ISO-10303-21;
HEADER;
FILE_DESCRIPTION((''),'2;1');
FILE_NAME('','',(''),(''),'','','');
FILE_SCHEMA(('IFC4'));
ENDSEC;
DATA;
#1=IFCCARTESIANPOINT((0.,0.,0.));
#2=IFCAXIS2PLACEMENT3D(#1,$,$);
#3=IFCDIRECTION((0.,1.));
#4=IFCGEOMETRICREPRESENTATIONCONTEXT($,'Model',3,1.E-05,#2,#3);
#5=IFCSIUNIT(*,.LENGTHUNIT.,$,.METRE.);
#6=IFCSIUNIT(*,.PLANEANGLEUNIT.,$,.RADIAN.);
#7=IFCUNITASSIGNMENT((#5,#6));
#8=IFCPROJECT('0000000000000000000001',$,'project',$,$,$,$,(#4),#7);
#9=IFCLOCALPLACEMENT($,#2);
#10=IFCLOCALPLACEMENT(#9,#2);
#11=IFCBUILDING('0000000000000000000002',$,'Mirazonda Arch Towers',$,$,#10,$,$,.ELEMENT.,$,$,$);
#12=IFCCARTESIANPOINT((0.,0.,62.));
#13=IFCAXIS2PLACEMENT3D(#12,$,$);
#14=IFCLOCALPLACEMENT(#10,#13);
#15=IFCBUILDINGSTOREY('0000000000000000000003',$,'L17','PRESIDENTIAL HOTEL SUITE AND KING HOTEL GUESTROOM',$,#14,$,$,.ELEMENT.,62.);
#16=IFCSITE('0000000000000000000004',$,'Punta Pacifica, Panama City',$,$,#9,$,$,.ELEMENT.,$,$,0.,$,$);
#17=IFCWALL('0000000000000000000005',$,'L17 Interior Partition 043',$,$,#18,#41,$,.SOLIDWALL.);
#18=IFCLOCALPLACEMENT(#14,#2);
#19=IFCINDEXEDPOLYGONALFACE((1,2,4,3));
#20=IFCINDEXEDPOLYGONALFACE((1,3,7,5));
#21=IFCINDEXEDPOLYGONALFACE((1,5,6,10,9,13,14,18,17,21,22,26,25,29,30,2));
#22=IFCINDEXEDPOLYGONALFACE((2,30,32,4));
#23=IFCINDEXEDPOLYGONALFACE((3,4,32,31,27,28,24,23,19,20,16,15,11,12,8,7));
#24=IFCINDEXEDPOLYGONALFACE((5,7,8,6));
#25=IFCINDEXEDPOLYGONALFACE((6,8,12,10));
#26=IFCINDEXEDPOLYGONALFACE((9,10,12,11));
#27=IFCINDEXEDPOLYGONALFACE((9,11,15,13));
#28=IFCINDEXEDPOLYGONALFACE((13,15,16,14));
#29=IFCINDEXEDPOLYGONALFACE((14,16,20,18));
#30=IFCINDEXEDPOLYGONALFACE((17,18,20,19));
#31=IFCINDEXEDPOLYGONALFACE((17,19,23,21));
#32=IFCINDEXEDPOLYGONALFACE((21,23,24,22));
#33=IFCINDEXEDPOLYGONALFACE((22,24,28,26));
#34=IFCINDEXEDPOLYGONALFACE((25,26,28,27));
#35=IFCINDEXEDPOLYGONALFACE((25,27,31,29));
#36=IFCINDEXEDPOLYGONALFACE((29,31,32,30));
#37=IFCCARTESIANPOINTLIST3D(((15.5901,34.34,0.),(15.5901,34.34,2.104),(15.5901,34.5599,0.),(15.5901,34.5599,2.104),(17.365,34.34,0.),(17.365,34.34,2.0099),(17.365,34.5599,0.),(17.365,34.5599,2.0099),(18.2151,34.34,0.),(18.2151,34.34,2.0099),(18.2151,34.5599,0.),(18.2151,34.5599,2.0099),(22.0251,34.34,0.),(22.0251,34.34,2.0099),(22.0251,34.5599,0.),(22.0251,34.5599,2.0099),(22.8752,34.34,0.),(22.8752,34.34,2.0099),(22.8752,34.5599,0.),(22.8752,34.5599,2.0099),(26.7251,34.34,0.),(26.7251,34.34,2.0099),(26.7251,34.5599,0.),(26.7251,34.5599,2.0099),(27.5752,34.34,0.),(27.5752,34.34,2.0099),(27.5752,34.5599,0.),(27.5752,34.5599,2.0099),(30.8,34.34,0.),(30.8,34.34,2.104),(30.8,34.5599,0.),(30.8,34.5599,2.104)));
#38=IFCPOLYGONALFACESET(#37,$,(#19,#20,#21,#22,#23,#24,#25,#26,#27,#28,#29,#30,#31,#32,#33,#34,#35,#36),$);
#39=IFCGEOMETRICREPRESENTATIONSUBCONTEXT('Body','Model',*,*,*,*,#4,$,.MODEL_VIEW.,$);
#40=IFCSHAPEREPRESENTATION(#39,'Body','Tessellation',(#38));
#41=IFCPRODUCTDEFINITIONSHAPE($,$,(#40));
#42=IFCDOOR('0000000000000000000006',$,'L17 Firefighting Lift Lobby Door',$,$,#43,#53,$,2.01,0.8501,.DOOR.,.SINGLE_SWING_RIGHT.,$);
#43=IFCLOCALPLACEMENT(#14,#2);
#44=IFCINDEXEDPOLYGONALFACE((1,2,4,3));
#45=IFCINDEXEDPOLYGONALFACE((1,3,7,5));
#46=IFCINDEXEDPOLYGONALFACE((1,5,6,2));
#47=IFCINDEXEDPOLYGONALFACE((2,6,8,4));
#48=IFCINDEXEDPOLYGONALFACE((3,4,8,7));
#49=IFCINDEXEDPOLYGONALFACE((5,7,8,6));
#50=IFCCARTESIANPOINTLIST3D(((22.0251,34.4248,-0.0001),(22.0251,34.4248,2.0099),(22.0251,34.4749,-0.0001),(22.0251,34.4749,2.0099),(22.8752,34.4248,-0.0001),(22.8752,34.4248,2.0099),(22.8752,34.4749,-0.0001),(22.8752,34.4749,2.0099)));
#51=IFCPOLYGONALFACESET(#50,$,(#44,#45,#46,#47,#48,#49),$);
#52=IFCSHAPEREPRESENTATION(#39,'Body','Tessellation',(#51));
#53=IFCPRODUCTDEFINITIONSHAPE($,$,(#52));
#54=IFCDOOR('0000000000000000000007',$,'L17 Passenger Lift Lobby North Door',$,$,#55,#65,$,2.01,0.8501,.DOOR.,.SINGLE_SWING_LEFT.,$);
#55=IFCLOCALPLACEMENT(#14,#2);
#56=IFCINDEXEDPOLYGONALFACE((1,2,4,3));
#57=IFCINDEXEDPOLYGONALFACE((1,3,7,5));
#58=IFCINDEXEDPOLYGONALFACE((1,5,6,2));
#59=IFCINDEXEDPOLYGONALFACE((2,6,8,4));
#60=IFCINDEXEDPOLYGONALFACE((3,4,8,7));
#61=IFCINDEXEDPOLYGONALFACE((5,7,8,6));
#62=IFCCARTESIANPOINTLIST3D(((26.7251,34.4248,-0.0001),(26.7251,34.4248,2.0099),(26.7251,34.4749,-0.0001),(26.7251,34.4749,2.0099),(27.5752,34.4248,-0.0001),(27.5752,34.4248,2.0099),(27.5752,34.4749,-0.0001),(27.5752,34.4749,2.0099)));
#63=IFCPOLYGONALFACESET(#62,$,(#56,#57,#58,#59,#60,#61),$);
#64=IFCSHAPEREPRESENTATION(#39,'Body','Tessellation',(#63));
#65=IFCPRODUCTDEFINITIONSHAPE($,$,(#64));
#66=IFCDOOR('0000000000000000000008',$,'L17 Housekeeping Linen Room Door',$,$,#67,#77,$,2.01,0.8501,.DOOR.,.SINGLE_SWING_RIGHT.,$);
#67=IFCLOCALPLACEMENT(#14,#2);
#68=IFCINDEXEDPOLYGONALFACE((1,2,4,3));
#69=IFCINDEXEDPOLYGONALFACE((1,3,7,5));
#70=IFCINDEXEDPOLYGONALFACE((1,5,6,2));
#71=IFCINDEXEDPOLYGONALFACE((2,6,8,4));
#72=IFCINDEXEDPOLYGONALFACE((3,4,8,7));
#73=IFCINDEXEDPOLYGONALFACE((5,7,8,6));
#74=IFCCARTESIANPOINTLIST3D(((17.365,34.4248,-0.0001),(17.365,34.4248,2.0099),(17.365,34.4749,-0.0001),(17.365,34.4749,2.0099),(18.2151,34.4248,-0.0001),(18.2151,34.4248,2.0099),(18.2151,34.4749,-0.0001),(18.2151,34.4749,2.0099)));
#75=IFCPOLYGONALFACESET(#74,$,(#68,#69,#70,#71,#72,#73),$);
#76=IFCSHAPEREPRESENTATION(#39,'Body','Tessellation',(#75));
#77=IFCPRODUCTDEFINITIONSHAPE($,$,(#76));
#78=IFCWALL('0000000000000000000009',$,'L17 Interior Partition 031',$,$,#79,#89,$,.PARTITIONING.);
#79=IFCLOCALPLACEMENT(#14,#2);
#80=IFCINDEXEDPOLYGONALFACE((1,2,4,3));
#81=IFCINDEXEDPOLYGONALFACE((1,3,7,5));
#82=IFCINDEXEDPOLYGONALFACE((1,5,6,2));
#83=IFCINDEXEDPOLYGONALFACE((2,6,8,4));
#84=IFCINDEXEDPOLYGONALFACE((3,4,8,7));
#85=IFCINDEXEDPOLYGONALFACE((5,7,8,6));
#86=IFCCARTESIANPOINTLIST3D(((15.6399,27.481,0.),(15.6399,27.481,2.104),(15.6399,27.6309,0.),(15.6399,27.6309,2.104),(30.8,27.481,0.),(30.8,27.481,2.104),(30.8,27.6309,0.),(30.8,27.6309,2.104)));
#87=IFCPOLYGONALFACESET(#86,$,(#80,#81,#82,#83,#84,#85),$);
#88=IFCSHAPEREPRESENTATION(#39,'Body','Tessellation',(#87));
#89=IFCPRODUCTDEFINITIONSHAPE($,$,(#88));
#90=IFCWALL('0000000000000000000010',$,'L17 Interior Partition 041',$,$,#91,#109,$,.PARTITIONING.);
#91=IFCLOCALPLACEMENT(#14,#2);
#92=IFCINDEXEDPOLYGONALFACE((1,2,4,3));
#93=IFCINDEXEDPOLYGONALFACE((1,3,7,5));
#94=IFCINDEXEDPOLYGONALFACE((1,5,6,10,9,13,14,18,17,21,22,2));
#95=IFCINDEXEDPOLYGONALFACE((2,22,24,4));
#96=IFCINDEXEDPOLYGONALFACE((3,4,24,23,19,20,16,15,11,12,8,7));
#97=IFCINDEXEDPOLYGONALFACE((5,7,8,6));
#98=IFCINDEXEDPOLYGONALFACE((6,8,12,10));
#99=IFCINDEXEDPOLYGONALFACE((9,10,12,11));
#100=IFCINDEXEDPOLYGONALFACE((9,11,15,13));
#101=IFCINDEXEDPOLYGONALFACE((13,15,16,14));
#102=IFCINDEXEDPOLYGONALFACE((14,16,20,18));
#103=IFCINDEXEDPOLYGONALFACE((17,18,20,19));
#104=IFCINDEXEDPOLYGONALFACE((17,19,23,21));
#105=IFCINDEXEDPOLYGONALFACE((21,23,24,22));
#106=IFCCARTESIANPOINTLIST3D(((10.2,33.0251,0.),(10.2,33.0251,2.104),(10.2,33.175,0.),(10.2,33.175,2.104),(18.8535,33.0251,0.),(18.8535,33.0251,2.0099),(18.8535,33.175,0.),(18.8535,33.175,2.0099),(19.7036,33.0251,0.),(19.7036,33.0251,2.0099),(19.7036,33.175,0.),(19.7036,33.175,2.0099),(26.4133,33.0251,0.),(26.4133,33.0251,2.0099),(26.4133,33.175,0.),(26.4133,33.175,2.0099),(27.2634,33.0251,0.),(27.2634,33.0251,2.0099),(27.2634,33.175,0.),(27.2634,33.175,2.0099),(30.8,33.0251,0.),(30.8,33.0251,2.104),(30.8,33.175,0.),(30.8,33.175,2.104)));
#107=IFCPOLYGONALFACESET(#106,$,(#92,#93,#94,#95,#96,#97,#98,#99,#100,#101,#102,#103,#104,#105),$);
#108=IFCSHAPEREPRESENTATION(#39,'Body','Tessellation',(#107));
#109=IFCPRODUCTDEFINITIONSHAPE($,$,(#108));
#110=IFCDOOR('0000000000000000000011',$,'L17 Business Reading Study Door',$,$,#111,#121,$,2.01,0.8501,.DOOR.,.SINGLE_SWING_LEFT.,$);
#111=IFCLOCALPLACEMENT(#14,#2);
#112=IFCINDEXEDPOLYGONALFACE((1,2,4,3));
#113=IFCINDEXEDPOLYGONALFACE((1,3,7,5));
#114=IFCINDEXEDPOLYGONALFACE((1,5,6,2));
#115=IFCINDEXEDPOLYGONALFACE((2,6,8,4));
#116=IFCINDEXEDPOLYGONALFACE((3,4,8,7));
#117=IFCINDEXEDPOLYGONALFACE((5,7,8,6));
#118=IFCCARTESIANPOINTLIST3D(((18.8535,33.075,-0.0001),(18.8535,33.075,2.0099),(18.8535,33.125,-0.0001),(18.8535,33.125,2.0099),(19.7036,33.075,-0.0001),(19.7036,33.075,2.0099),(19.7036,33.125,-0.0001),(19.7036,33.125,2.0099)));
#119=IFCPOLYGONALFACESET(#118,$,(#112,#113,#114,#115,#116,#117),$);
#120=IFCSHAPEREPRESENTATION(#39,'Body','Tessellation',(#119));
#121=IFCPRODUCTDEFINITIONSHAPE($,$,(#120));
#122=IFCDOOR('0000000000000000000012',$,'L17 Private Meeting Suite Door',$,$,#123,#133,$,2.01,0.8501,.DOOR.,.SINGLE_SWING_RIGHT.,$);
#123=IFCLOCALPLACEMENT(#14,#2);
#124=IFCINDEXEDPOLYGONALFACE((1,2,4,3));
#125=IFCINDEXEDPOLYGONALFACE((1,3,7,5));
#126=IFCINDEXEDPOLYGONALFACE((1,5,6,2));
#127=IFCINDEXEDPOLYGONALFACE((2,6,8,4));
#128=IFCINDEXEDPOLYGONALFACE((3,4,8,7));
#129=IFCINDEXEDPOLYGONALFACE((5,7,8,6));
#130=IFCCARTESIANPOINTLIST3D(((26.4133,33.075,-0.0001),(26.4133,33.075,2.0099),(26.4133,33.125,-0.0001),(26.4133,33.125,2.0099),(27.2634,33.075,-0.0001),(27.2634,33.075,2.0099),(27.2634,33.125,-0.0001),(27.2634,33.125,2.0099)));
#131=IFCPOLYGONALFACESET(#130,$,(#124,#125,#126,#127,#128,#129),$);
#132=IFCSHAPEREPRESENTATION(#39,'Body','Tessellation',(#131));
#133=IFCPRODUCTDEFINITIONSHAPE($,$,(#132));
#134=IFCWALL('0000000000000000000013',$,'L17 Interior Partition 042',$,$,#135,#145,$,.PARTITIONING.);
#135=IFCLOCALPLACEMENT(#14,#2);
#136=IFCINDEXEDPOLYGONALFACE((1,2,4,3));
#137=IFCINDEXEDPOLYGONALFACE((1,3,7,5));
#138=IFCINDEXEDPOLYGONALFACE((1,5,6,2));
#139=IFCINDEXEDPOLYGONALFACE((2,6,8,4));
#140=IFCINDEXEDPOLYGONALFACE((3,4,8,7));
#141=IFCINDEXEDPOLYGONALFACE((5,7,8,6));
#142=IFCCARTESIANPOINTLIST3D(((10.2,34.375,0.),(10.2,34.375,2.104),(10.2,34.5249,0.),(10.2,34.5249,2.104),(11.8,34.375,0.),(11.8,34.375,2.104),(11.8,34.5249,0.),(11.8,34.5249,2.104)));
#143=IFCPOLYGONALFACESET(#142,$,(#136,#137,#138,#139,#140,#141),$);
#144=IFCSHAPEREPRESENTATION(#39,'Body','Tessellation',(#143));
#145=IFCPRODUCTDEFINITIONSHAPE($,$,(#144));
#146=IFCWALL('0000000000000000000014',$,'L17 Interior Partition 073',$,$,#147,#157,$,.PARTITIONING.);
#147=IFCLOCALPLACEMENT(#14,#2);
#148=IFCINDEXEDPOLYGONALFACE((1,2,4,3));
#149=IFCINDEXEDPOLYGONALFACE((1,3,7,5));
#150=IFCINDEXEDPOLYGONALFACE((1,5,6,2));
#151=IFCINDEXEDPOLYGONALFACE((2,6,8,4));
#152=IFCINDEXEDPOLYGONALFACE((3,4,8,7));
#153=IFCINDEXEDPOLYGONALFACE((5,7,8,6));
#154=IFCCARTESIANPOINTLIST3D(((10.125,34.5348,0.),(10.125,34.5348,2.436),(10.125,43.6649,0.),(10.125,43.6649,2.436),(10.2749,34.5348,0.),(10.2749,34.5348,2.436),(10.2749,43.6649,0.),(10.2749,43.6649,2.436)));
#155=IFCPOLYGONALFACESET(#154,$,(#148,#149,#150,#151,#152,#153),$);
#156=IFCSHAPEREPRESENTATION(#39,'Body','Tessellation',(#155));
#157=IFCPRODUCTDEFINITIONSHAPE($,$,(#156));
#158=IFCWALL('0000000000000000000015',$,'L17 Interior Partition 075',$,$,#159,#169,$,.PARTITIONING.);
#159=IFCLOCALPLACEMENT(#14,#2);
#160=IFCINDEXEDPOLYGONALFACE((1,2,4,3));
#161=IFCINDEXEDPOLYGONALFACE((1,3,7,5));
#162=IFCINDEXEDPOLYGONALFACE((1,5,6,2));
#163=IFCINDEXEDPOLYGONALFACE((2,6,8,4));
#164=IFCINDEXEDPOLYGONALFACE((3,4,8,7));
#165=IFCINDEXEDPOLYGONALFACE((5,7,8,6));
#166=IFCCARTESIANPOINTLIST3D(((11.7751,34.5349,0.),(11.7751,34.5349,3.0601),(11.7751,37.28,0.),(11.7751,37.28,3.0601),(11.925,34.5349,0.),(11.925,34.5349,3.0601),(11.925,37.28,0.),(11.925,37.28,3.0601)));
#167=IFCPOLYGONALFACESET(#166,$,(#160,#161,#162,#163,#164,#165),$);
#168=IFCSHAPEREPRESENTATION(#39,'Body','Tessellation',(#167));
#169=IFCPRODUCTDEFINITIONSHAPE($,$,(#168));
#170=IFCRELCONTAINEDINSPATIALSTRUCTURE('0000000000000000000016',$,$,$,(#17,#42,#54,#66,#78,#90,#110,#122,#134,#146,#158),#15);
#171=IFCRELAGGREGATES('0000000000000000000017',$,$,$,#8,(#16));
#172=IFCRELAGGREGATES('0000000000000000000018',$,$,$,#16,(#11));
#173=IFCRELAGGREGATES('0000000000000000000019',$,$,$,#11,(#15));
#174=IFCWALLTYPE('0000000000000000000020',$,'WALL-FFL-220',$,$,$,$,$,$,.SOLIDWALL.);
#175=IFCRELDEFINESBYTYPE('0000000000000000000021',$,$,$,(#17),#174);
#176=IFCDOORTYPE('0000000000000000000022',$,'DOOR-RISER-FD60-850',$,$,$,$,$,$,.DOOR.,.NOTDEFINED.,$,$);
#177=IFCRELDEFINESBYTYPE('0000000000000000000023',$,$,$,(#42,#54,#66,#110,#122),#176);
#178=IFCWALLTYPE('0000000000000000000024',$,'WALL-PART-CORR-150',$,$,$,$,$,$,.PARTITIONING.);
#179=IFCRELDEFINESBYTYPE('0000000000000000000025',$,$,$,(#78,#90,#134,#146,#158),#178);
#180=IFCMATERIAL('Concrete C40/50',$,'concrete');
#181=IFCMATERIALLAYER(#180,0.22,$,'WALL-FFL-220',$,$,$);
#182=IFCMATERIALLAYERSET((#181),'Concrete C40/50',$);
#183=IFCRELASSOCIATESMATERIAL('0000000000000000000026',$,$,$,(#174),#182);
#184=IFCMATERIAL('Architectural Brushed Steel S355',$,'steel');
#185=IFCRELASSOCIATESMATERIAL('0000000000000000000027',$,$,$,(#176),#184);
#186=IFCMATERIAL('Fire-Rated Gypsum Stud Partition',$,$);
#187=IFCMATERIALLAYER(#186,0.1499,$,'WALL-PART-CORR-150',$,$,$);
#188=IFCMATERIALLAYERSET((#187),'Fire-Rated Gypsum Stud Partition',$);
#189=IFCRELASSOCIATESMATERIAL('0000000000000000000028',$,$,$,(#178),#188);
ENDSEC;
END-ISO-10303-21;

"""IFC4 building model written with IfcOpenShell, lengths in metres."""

from ifc_helpers import new_model, si_unit, direction, frame, frame_2d, origin, place, context, subcontext, project, spatial, rectangle, extrude, material, layer, layer_set, type_object, element, fill, save


model = new_model("IFC4")

# Units and contexts
model_context = context("Model", 3, precision=1e-05, world=origin(), true_north=direction((0.0, 1.0)))
body_context = subcontext(model_context, "Body", "Model", "MODEL_VIEW")
ifc_project = project(units=[si_unit("LENGTHUNIT", "METRE"), si_unit("PLANEANGLEUNIT", "RADIAN")], contexts=[model_context])

# Site, building, storey
site_placement = place(None, origin())
site = spatial("IfcSite", under=ifc_project, at=site_placement, Name="Punta Pacifica, Panama City", CompositionType="ELEMENT", RefElevation=0.0)
building_placement = place(site_placement, origin())
building = spatial("IfcBuilding", under=site, at=building_placement, Name="Mirazonda Arch Towers", CompositionType="ELEMENT")
storey_placement = place(building_placement, frame((0.0, 0.0, 62.0)))
storey = spatial("IfcBuildingStorey", under=building, at=storey_placement, Name="L17", Description="PRESIDENTIAL HOTEL SUITE AND KING HOTEL GUESTROOM", CompositionType="ELEMENT", Elevation=62.0)

# Wall, openings, doors
ifc_material_1 = material(Name="Architectural Brushed Steel S355", Category="steel")
ifc_material_2 = material(Name="Concrete C40/50", Category="concrete")
ifc_layer_1 = layer(ifc_material_2, 0.22, Name="WALL-FFL-220")
ifc_layer_set_1 = layer_set([ifc_layer_1], Name="Concrete C40/50")
wall_type_1 = type_object("IfcWallType", Name="WALL-FFL-220", PredefinedType="SOLIDWALL", material=ifc_layer_set_1)
wall_1_placement = place(storey_placement, frame((15.5901, 34.45, 0.0), z_axis=(0.0, 0.0, 1.0), x_axis=(1.0, 0.0, 0.0)))
wall_1 = element("IfcWall", 1, at=wall_1_placement, inside=storey, type_object=wall_type_1, Name="L17 Interior Partition 043", PredefinedType="SOLIDWALL", context=body_context, shape_type="SweptSolid", body=[
    extrude(rectangle(XDim=15.21, YDim=0.22, at=frame_2d((7.605, 0.0))), origin(), (0.0, 0.0, 1.0), 2.104),
])
opening_1_placement = place(wall_1_placement, frame((6.4351, 0.0, 0.0)))
opening_1 = element("IfcOpeningElement", 2, at=opening_1_placement, cuts=wall_1, PredefinedType="OPENING", context=body_context, shape_type="SweptSolid", body=[
    extrude(rectangle(XDim=0.8501, YDim=2.01, at=frame_2d((0.425, 1.0049))), frame((0.0, 0.1199, 0.0), z_axis=(0.0, -1.0, 0.0), x_axis=(1.0, 0.0, 0.0)), (0.0, 0.0, 1.0), 0.24),
])
opening_2_placement = place(wall_1_placement, frame((11.135, 0.0, 0.0)))
opening_2 = element("IfcOpeningElement", 3, at=opening_2_placement, cuts=wall_1, PredefinedType="OPENING", context=body_context, shape_type="SweptSolid", body=[
    extrude(rectangle(XDim=0.8501, YDim=2.01, at=frame_2d((0.425, 1.0049))), frame((0.0, 0.1199, 0.0), z_axis=(0.0, -1.0, 0.0), x_axis=(1.0, 0.0, 0.0)), (0.0, 0.0, 1.0), 0.24),
])
opening_3_placement = place(wall_1_placement, frame((1.7749, 0.0, 0.0)))
opening_3 = element("IfcOpeningElement", 4, at=opening_3_placement, cuts=wall_1, PredefinedType="OPENING", context=body_context, shape_type="SweptSolid", body=[
    extrude(rectangle(XDim=0.8501, YDim=2.01, at=frame_2d((0.425, 1.0049))), frame((0.0, 0.1199, 0.0), z_axis=(0.0, -1.0, 0.0), x_axis=(1.0, 0.0, 0.0)), (0.0, 0.0, 1.0), 0.24),
])
door_type_1 = type_object("IfcDoorType", Name="DOOR-RISER-FD60-850", OperationType="NOTDEFINED", PredefinedType="DOOR", material=ifc_material_1)
door_1_placement = place(opening_1_placement, origin())
door_1 = element("IfcDoor", 5, at=door_1_placement, inside=storey, type_object=door_type_1, Name="L17 Firefighting Lift Lobby Door", OperationType="SINGLE_SWING_RIGHT", OverallHeight=2.01, OverallWidth=0.8501, PredefinedType="DOOR", context=body_context, shape_type="SweptSolid", body=[
    extrude(rectangle(XDim=0.8501, YDim=2.01, at=frame_2d((0.425, 1.0049))), frame((0.0, 0.0249, 0.0), z_axis=(0.0, -1.0, 0.0), x_axis=(1.0, 0.0, 0.0)), (0.0, 0.0, 1.0), 0.05),
])
fill(opening_1, door_1)
door_2_placement = place(opening_2_placement, origin())
door_2 = element("IfcDoor", 6, at=door_2_placement, inside=storey, type_object=door_type_1, Name="L17 Passenger Lift Lobby North Door", OperationType="SINGLE_SWING_LEFT", OverallHeight=2.01, OverallWidth=0.8501, PredefinedType="DOOR", context=body_context, shape_type="SweptSolid", body=[
    extrude(rectangle(XDim=0.8501, YDim=2.01, at=frame_2d((0.425, 1.0049))), frame((0.0, 0.0249, 0.0), z_axis=(0.0, -1.0, 0.0), x_axis=(1.0, 0.0, 0.0)), (0.0, 0.0, 1.0), 0.05),
])
fill(opening_2, door_2)
door_3_placement = place(opening_3_placement, origin())
door_3 = element("IfcDoor", 7, at=door_3_placement, inside=storey, type_object=door_type_1, Name="L17 Housekeeping Linen Room Door", OperationType="SINGLE_SWING_RIGHT", OverallHeight=2.01, OverallWidth=0.8501, PredefinedType="DOOR", context=body_context, shape_type="SweptSolid", body=[
    extrude(rectangle(XDim=0.8501, YDim=2.01, at=frame_2d((0.425, 1.0049))), frame((0.0, 0.0249, 0.0), z_axis=(0.0, -1.0, 0.0), x_axis=(1.0, 0.0, 0.0)), (0.0, 0.0, 1.0), 0.05),
])
fill(opening_3, door_3)

# Wall
ifc_material_3 = material(Name="Fire-Rated Gypsum Stud Partition")
ifc_layer_2 = layer(ifc_material_3, 0.1499, Name="WALL-PART-CORR-150")
ifc_layer_set_2 = layer_set([ifc_layer_2], Name="Fire-Rated Gypsum Stud Partition")
wall_type_2 = type_object("IfcWallType", Name="WALL-PART-CORR-150", PredefinedType="PARTITIONING", material=ifc_layer_set_2)
wall_2_placement = place(storey_placement, frame((15.6399, 27.5559, 0.0), z_axis=(0.0, 0.0, 1.0), x_axis=(1.0, 0.0, 0.0)))
element("IfcWall", 8, at=wall_2_placement, inside=storey, type_object=wall_type_2, Name="L17 Interior Partition 031", PredefinedType="PARTITIONING", context=body_context, shape_type="SweptSolid", body=[
    extrude(rectangle(XDim=15.1602, YDim=0.1499, at=frame_2d((7.5801, 0.0))), origin(), (0.0, 0.0, 1.0), 2.104),
])

# Wall, openings, doors
wall_3_placement = place(storey_placement, frame((10.2, 33.1001, 0.0), z_axis=(0.0, 0.0, 1.0), x_axis=(1.0, 0.0, 0.0)))
wall_3 = element("IfcWall", 9, at=wall_3_placement, inside=storey, type_object=wall_type_2, Name="L17 Interior Partition 041", PredefinedType="PARTITIONING", context=body_context, shape_type="SweptSolid", body=[
    extrude(rectangle(XDim=20.6001, YDim=0.1499, at=frame_2d((10.3, 0.0))), origin(), (0.0, 0.0, 1.0), 2.104),
])
opening_4_placement = place(wall_3_placement, frame((8.6536, 0.0, 0.0)))
opening_4 = element("IfcOpeningElement", 10, at=opening_4_placement, cuts=wall_3, PredefinedType="OPENING", context=body_context, shape_type="SweptSolid", body=[
    extrude(rectangle(XDim=0.8501, YDim=2.01, at=frame_2d((0.425, 1.0049))), frame((0.0, 0.085, 0.0), z_axis=(0.0, -1.0, 0.0), x_axis=(1.0, 0.0, 0.0)), (0.0, 0.0, 1.0), 0.1699),
])
opening_5_placement = place(wall_3_placement, frame((16.2134, 0.0, 0.0)))
opening_5 = element("IfcOpeningElement", 11, at=opening_5_placement, cuts=wall_3, PredefinedType="OPENING", context=body_context, shape_type="SweptSolid", body=[
    extrude(rectangle(XDim=0.8501, YDim=2.01, at=frame_2d((0.425, 1.0049))), frame((0.0, 0.085, 0.0), z_axis=(0.0, -1.0, 0.0), x_axis=(1.0, 0.0, 0.0)), (0.0, 0.0, 1.0), 0.1699),
])
door_4_placement = place(opening_4_placement, origin())
door_4 = element("IfcDoor", 12, at=door_4_placement, inside=storey, type_object=door_type_1, Name="L17 Business Reading Study Door", OperationType="SINGLE_SWING_LEFT", OverallHeight=2.01, OverallWidth=0.8501, PredefinedType="DOOR", context=body_context, shape_type="SweptSolid", body=[
    extrude(rectangle(XDim=0.8501, YDim=2.01, at=frame_2d((0.425, 1.0049))), frame((0.0, 0.0249, 0.0), z_axis=(0.0, -1.0, 0.0), x_axis=(1.0, 0.0, 0.0)), (0.0, 0.0, 1.0), 0.05),
])
fill(opening_4, door_4)
door_5_placement = place(opening_5_placement, origin())
door_5 = element("IfcDoor", 13, at=door_5_placement, inside=storey, type_object=door_type_1, Name="L17 Private Meeting Suite Door", OperationType="SINGLE_SWING_RIGHT", OverallHeight=2.01, OverallWidth=0.8501, PredefinedType="DOOR", context=body_context, shape_type="SweptSolid", body=[
    extrude(rectangle(XDim=0.8501, YDim=2.01, at=frame_2d((0.425, 1.0049))), frame((0.0, 0.0249, 0.0), z_axis=(0.0, -1.0, 0.0), x_axis=(1.0, 0.0, 0.0)), (0.0, 0.0, 1.0), 0.05),
])
fill(opening_5, door_5)

# Walls
wall_4_placement = place(storey_placement, frame((10.2, 34.45, 0.0), z_axis=(0.0, 0.0, 1.0), x_axis=(1.0, 0.0, 0.0)))
element("IfcWall", 14, at=wall_4_placement, inside=storey, type_object=wall_type_2, Name="L17 Interior Partition 042", PredefinedType="PARTITIONING", context=body_context, shape_type="SweptSolid", body=[
    extrude(rectangle(XDim=1.6001, YDim=0.1499, at=frame_2d((0.8, 0.0))), origin(), (0.0, 0.0, 1.0), 2.104),
])
wall_5_placement = place(storey_placement, frame((10.2, 34.5349, 0.0), z_axis=(0.0, 0.0, 1.0), x_axis=(0.0, 1.0, 0.0)))
element("IfcWall", 15, at=wall_5_placement, inside=storey, type_object=wall_type_2, Name="L17 Interior Partition 073", PredefinedType="PARTITIONING", context=body_context, shape_type="SweptSolid", body=[
    extrude(rectangle(XDim=9.1301, YDim=0.1499, at=frame_2d((4.5649, 0.0))), origin(), (0.0, 0.0, 1.0), 2.436),
])
wall_6_placement = place(storey_placement, frame((11.8501, 34.5349, 0.0), z_axis=(0.0, 0.0, 1.0), x_axis=(0.0, 1.0, 0.0)))
element("IfcWall", 16, at=wall_6_placement, inside=storey, type_object=wall_type_2, Name="L17 Interior Partition 075", PredefinedType="PARTITIONING", context=body_context, shape_type="SweptSolid", body=[
    extrude(rectangle(XDim=2.7451, YDim=0.1499, at=frame_2d((1.3726, 0.0))), origin(), (0.0, 0.0, 1.0), 3.0601),
])

save(model, "model.ifc")
